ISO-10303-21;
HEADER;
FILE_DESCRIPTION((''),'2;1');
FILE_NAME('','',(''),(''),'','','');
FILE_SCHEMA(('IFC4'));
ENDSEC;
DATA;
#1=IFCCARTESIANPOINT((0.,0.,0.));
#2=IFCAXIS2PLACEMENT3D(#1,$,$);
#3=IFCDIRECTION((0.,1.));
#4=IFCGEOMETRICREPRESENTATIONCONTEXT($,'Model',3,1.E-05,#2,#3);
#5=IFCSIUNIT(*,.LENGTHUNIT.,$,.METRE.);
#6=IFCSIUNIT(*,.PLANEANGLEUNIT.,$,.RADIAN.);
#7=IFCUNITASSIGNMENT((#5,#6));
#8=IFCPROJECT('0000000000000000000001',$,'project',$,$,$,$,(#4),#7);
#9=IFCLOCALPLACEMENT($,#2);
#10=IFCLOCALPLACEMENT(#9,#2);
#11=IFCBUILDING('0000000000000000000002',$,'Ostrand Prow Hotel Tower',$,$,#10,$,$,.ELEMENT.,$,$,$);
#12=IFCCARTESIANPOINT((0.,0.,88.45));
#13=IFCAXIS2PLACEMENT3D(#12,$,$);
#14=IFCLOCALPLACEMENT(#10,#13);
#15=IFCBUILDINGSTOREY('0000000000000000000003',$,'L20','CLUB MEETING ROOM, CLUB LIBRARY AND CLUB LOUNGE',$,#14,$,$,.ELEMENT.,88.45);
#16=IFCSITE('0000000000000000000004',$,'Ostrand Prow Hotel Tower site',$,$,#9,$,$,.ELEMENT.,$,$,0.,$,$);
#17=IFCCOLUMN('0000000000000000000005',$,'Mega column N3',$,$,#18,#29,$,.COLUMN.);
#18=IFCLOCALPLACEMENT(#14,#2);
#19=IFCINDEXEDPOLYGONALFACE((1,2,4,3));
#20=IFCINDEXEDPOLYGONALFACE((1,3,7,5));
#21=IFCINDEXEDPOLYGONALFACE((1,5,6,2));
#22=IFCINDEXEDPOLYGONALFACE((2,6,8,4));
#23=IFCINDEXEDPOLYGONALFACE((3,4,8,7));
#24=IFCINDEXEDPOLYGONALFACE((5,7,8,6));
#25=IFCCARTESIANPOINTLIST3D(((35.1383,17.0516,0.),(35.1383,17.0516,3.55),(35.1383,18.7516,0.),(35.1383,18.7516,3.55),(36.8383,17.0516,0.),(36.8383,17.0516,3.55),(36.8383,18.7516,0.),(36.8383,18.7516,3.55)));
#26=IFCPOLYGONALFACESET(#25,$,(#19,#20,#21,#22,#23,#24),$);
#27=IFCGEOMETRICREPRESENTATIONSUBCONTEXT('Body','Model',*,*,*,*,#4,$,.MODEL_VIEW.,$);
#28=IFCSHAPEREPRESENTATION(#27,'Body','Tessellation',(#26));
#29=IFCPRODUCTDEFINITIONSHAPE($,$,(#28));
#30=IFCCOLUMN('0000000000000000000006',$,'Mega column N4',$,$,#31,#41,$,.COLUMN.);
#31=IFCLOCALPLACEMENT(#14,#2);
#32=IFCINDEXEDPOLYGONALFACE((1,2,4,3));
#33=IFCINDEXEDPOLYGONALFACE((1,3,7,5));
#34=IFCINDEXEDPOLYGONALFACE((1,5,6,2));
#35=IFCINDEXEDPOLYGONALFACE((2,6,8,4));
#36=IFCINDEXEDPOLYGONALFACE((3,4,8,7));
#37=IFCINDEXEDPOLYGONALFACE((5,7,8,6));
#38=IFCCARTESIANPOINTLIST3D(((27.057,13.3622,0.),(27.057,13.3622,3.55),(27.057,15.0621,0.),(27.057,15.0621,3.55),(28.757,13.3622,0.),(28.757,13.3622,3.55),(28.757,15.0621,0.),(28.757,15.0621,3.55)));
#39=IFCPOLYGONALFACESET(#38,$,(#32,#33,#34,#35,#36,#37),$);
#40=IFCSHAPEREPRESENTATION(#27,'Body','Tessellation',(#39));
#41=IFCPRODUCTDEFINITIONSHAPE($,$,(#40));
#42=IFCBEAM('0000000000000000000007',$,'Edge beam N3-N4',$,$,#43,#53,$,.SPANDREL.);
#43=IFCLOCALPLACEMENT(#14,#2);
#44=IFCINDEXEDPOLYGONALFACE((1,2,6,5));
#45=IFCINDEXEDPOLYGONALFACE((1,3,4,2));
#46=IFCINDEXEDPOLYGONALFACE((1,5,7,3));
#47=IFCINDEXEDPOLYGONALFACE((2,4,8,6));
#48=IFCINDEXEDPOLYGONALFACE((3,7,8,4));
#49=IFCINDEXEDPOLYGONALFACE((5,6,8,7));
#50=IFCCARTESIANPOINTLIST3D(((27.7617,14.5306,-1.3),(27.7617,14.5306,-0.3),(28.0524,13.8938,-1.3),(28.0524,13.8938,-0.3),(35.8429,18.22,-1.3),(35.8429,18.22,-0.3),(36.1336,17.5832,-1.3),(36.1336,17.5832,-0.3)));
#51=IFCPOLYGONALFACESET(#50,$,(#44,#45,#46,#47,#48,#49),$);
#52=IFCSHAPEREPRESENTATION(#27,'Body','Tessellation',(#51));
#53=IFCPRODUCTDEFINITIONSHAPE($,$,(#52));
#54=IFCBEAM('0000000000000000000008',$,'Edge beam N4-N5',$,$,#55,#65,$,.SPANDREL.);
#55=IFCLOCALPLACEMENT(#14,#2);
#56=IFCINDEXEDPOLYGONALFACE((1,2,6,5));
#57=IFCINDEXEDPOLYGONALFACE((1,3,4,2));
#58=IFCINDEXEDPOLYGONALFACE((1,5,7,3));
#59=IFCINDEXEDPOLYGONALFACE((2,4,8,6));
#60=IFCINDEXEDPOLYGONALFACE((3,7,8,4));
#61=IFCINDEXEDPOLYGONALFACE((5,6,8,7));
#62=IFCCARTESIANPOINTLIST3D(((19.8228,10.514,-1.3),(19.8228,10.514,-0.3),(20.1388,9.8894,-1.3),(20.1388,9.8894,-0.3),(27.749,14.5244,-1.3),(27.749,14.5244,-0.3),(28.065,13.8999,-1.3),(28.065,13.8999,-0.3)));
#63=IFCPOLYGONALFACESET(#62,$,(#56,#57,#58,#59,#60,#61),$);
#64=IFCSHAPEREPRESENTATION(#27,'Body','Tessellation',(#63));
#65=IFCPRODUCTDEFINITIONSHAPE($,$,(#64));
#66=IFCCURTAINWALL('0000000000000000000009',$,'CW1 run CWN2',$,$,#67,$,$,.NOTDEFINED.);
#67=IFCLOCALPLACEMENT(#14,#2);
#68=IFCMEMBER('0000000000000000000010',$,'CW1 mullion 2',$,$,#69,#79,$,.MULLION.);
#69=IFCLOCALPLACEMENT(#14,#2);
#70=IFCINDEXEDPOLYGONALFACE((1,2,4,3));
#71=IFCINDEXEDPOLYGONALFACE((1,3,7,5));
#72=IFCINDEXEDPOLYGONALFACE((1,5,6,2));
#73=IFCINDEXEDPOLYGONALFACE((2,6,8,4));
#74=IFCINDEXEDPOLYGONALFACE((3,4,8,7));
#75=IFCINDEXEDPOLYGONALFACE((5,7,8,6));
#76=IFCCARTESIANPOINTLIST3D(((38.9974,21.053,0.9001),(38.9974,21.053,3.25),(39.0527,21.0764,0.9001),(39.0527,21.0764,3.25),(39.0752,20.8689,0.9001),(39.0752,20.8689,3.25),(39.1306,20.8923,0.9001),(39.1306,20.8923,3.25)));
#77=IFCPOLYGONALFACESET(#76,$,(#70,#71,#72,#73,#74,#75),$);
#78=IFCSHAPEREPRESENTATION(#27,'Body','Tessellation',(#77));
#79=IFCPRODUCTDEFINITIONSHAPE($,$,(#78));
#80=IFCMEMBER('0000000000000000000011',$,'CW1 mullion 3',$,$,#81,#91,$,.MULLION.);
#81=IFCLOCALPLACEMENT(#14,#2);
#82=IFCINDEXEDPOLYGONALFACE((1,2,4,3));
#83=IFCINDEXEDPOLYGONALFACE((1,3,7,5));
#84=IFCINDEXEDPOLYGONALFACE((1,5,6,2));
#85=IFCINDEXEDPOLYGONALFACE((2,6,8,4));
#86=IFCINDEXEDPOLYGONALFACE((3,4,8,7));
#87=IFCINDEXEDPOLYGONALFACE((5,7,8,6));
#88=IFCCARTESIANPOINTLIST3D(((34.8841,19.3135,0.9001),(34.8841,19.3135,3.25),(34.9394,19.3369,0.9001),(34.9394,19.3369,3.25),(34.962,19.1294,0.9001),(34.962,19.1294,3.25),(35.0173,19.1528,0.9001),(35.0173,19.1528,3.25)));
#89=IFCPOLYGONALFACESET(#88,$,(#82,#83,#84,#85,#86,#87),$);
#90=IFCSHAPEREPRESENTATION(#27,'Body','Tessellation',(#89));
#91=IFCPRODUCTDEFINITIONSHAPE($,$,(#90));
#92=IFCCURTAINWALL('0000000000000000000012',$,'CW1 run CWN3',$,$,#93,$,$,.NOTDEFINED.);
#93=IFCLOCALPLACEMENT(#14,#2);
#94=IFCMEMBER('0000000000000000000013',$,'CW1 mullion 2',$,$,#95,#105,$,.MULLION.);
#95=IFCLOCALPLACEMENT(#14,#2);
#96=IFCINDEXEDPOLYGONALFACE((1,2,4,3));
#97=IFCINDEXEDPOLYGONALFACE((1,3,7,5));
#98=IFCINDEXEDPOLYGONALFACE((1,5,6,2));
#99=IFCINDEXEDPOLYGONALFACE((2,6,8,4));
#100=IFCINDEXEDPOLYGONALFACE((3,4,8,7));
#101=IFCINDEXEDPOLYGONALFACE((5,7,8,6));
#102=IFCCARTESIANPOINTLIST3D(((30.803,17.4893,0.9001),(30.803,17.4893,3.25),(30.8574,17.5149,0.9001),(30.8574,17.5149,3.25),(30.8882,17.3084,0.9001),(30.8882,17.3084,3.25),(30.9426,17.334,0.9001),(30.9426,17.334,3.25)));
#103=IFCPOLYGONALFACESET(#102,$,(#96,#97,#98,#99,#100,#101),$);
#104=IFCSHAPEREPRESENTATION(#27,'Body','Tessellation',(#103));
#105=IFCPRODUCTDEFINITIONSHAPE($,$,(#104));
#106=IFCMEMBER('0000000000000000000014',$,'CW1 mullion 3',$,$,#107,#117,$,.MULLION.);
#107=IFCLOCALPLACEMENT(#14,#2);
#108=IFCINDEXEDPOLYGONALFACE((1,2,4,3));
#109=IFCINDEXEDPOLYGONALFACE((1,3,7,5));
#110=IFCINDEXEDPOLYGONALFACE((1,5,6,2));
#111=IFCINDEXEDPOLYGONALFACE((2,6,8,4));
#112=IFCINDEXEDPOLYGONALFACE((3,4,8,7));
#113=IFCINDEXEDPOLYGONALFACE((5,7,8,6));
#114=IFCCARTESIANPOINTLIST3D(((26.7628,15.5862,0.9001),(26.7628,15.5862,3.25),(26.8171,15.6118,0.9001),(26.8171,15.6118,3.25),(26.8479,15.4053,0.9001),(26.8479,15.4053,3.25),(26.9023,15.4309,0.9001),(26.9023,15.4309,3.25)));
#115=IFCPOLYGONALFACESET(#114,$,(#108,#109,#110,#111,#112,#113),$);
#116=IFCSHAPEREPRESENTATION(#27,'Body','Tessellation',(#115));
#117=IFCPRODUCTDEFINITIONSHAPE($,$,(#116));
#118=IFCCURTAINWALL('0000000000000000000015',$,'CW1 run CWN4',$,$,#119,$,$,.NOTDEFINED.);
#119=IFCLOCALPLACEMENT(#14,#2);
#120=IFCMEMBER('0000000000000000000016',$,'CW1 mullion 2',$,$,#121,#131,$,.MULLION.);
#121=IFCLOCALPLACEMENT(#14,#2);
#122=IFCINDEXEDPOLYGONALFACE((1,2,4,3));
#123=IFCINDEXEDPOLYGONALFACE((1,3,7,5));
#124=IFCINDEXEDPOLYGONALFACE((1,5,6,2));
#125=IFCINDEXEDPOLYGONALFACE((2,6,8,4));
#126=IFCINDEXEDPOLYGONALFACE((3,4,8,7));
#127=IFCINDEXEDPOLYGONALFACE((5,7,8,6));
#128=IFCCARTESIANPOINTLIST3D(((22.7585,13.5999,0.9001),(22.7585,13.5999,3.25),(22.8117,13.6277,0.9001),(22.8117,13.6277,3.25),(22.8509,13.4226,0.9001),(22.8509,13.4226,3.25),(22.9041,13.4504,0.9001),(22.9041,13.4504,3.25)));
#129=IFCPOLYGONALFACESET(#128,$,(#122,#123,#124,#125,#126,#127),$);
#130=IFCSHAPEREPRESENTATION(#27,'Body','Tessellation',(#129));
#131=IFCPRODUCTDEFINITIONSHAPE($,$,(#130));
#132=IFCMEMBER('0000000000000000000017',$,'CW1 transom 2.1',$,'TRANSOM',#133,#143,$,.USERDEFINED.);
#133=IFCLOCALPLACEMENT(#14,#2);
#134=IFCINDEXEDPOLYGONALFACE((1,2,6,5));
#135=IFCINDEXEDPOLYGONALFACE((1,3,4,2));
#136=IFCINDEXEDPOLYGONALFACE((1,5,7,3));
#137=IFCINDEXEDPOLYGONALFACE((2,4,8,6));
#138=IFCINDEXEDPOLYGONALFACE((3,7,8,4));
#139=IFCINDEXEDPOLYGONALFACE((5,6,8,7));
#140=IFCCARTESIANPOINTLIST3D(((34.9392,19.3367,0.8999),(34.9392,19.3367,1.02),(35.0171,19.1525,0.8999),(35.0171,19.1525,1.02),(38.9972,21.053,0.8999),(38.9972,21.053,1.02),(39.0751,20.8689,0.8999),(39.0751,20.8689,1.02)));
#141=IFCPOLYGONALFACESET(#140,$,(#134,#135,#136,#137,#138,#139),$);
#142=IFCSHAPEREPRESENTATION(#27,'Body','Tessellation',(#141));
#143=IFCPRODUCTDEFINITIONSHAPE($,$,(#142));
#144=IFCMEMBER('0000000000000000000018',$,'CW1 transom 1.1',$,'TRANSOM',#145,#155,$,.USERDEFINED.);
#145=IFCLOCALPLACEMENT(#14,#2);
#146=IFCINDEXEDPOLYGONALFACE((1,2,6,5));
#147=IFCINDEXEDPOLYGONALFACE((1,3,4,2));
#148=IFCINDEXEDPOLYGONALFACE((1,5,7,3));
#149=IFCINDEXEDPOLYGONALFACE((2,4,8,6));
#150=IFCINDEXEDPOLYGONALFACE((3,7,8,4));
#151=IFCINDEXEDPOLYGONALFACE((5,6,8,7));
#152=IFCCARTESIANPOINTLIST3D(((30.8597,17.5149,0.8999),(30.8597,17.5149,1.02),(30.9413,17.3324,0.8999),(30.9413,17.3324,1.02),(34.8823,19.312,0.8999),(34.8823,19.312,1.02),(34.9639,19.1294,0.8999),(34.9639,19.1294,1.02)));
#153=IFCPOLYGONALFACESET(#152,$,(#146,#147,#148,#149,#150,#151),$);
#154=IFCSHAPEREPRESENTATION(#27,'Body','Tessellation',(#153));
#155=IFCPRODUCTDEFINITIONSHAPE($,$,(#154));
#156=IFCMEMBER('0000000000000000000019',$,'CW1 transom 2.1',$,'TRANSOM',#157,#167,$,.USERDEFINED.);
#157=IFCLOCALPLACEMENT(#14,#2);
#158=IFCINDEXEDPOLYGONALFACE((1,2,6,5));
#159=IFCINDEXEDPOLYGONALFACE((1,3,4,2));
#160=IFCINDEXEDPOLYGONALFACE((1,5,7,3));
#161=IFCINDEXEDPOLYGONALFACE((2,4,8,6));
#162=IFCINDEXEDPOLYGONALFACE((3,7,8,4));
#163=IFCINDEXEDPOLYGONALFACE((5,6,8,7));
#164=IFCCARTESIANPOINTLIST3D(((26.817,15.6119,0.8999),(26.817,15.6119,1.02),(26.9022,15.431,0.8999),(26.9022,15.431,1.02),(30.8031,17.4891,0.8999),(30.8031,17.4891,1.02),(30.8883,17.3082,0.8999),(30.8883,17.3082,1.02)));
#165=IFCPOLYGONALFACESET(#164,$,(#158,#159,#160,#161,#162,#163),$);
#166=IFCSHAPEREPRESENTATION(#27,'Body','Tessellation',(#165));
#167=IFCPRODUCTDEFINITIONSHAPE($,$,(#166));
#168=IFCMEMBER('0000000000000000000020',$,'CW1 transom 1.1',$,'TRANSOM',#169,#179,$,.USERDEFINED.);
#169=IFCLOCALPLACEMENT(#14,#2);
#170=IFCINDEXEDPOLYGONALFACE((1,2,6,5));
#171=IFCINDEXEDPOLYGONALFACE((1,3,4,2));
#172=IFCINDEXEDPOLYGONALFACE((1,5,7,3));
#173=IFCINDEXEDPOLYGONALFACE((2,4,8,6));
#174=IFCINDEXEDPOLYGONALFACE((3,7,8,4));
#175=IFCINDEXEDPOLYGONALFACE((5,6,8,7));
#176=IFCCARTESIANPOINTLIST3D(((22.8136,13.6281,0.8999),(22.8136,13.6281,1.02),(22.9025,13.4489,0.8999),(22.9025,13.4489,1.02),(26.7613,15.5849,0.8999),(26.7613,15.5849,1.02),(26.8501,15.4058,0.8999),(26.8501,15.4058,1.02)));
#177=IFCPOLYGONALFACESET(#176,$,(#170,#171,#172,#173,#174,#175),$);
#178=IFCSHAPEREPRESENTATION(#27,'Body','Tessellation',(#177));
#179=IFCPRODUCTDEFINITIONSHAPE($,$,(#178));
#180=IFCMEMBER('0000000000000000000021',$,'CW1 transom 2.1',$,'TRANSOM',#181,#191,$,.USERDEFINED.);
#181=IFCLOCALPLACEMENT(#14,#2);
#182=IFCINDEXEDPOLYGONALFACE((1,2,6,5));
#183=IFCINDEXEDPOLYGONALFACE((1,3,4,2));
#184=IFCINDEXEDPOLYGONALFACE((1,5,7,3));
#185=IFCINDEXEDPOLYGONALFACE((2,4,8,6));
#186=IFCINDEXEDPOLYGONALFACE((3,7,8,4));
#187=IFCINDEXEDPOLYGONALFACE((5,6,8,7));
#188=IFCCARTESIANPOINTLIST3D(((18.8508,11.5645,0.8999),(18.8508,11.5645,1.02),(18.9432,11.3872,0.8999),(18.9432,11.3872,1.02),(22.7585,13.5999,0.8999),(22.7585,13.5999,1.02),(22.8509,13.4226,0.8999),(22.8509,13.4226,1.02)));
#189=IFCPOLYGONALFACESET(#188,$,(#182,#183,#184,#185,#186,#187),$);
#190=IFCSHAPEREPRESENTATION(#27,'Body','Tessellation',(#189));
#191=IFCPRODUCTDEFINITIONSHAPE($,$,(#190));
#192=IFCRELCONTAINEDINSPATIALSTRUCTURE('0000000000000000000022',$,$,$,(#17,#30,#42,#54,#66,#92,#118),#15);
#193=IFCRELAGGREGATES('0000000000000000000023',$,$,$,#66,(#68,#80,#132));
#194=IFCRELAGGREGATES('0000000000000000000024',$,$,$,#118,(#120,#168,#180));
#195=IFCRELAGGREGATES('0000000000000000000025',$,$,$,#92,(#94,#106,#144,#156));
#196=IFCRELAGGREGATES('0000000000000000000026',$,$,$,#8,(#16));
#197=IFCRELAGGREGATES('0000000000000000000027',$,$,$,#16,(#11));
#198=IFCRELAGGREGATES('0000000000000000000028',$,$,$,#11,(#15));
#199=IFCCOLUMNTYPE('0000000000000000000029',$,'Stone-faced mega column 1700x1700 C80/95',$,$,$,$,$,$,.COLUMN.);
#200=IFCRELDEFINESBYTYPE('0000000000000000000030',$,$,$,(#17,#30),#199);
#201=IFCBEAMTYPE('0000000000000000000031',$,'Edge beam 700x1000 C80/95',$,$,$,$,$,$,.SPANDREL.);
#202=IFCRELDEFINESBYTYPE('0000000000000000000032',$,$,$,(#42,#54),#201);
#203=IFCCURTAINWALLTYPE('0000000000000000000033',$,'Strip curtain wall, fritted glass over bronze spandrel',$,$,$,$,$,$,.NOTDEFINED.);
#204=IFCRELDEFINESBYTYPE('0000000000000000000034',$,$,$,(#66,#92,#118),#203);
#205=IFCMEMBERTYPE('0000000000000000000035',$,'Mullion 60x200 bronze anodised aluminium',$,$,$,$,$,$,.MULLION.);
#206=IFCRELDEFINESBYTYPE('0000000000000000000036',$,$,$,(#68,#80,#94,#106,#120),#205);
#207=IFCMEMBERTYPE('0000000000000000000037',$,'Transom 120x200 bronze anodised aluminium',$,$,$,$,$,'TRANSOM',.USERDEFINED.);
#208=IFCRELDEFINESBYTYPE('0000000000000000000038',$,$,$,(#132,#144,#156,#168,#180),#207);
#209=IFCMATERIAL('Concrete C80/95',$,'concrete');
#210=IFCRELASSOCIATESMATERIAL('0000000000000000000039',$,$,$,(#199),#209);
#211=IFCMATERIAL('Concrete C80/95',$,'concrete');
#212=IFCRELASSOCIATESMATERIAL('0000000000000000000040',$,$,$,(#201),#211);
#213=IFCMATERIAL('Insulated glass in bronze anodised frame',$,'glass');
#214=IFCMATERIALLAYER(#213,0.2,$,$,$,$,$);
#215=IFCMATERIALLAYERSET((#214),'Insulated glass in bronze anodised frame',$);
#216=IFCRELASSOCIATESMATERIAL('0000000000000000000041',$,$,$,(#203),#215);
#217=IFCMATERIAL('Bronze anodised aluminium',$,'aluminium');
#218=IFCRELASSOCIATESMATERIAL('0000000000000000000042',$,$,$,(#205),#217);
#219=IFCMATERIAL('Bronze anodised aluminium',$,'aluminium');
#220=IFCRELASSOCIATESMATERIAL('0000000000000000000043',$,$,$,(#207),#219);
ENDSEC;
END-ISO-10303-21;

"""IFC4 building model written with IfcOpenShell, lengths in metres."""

from ifc_helpers import new_model, si_unit, direction, frame, origin, origin_2d, place, context, subcontext, project, spatial, rectangle, extrude, material, layer, layer_set, material_profile, profile_set, type_object, element, aggregate, save


model = new_model("IFC4")

# Units and contexts
model_context = context("Model", 3, precision=1e-05, world=origin(), true_north=direction((0.0, 1.0)))
body_context = subcontext(model_context, "Body", "Model", "MODEL_VIEW")
ifc_project = project(units=[si_unit("LENGTHUNIT", "METRE"), si_unit("PLANEANGLEUNIT", "RADIAN")], contexts=[model_context])

# Site, building, storey
site_placement = place(None, origin())
site = spatial("IfcSite", under=ifc_project, at=site_placement, Name="Ostrand Prow Hotel Tower site", CompositionType="ELEMENT", RefElevation=0.0)
building_placement = place(site_placement, origin())
building = spatial("IfcBuilding", under=site, at=building_placement, Name="Ostrand Prow Hotel Tower", CompositionType="ELEMENT")
storey_placement = place(building_placement, frame((0.0, 0.0, 88.45)))
storey = spatial("IfcBuildingStorey", under=building, at=storey_placement, Name="L20", Description="CLUB MEETING ROOM, CLUB LIBRARY AND CLUB LOUNGE", CompositionType="ELEMENT", Elevation=88.45)

# Columns
ifc_material_1 = material(Name="Concrete C80/95", Category="concrete")
ifc_material_profile_1 = material_profile(ifc_material_1, rectangle(XDim=1.7, YDim=1.7, at=origin_2d()), Name="RC 1700x1700")
ifc_profile_set_1 = profile_set([ifc_material_profile_1], Name="Concrete C80/95")
column_type = type_object("IfcColumnType", Name="Stone-faced mega column 1700x1700 C80/95", PredefinedType="COLUMN", material=ifc_profile_set_1)
for number, where, z_axis, x_axis, name in (
    (1, (35.9883, 17.9016, 0.0), (0.0, 0.0, 1.0), (1.0, 0.0, 0.0), "Mega column N3"),
    (2, (27.907, 14.2122, 0.0), (0.0, 0.0, 1.0), (1.0, 0.0, 0.0), "Mega column N4"),
):
    element("IfcColumn", number, at=place(storey_placement, frame(where, z_axis=z_axis, x_axis=x_axis)), inside=storey, type_object=column_type, Name=name, PredefinedType="COLUMN", context=body_context, shape_type="SweptSolid", body=[
        extrude(rectangle(XDim=1.7, YDim=1.7, at=origin_2d()), origin(), (0.0, 0.0, 1.0), 3.55),
    ])

# Beams
ifc_material_2 = material(Name="Concrete C80/95", Category="concrete")
ifc_material_profile_2 = material_profile(ifc_material_2, rectangle(XDim=0.7, YDim=1.0, at=origin_2d()), Name="RC 700x1000")
ifc_profile_set_2 = profile_set([ifc_material_profile_2], Name="Concrete C80/95")
beam_type = type_object("IfcBeamType", Name="Edge beam 700x1000 C80/95", PredefinedType="SPANDREL", material=ifc_profile_set_2)
beam_1_placement = place(storey_placement, frame((35.9883, 17.9016, -0.8), z_axis=(-0.909681, -0.415308, 0.0), x_axis=(0.415308, -0.909681, 0.0)))
element("IfcBeam", 3, at=beam_1_placement, inside=storey, type_object=beam_type, Name="Edge beam N3-N4", PredefinedType="SPANDREL", context=body_context, shape_type="SweptSolid", body=[
    extrude(rectangle(XDim=0.7, YDim=1.0, at=origin_2d()), origin(), (0.0, 0.0, 1.0), 8.8835),
])
beam_2_placement = place(storey_placement, frame((27.907, 14.2122, -0.8), z_axis=(-0.892284, -0.451474, 0.0), x_axis=(0.451474, -0.892284, 0.0)))
element("IfcBeam", 4, at=beam_2_placement, inside=storey, type_object=beam_type, Name="Edge beam N4-N5", PredefinedType="SPANDREL", context=body_context, shape_type="SweptSolid", body=[
    extrude(rectangle(XDim=0.7, YDim=1.0, at=origin_2d()), origin(), (0.0, 0.0, 1.0), 8.8831),
])

# Curtain walls, members
ifc_material_3 = material(Name="Insulated glass in bronze anodised frame", Category="glass")
ifc_layer_1 = layer(ifc_material_3, 0.2)
ifc_layer_set_1 = layer_set([ifc_layer_1], Name="Insulated glass in bronze anodised frame")
curtain_wall_type = type_object("IfcCurtainWallType", Name="Strip curtain wall, fritted glass over bronze spandrel", PredefinedType="NOTDEFINED", material=ifc_layer_set_1)
curtain_wall_1_placement = place(storey_placement, origin())
curtain_wall_1 = element("IfcCurtainWall", 5, at=curtain_wall_1_placement, inside=storey, type_object=curtain_wall_type, Name="CW1 run CWN2", PredefinedType="NOTDEFINED")
ifc_material_4 = material(Name="Bronze anodised aluminium", Category="aluminium")
ifc_material_profile_3 = material_profile(ifc_material_4, rectangle(XDim=0.2, YDim=0.0601, at=origin_2d()), Name="Mullion 60x200 bronze anodised aluminium")
ifc_profile_set_3 = profile_set([ifc_material_profile_3], Name="Bronze anodised aluminium")
member_type_1 = type_object("IfcMemberType", Name="Mullion 60x200 bronze anodised aluminium", PredefinedType="MULLION", material=ifc_profile_set_3)
member_1_placement = place(storey_placement, frame((39.064, 20.9727, 0.9001), z_axis=(0.0, 0.0, 1.0), x_axis=(0.389507, -0.921024, 0.0)))
member_1 = element("IfcMember", 6, at=member_1_placement, type_object=member_type_1, Name="CW1 mullion 2", PredefinedType="MULLION", context=body_context, shape_type="SweptSolid", body=[
    extrude(rectangle(XDim=0.2, YDim=0.0601, at=origin_2d()), origin(), (0.0, 0.0, 1.0), 2.3499),
])
member_2_placement = place(storey_placement, frame((34.9507, 19.2332, 0.9001), z_axis=(0.0, 0.0, 1.0), x_axis=(0.389507, -0.921024, 0.0)))
member_2 = element("IfcMember", 7, at=member_2_placement, type_object=member_type_1, Name="CW1 mullion 3", PredefinedType="MULLION", context=body_context, shape_type="SweptSolid", body=[
    extrude(rectangle(XDim=0.2, YDim=0.0601, at=origin_2d()), origin(), (0.0, 0.0, 1.0), 2.3499),
])
curtain_wall_2_placement = place(storey_placement, origin())
curtain_wall_2 = element("IfcCurtainWall", 8, at=curtain_wall_2_placement, inside=storey, type_object=curtain_wall_type, Name="CW1 run CWN3", PredefinedType="NOTDEFINED")
member_3_placement = place(storey_placement, frame((30.8728, 17.4116, 0.9001), z_axis=(0.0, 0.0, 1.0), x_axis=(0.426079, -0.904686, 0.0)))
member_3 = element("IfcMember", 9, at=member_3_placement, type_object=member_type_1, Name="CW1 mullion 2", PredefinedType="MULLION", context=body_context, shape_type="SweptSolid", body=[
    extrude(rectangle(XDim=0.2, YDim=0.0601, at=origin_2d()), origin(), (0.0, 0.0, 1.0), 2.3499),
])
member_4_placement = place(storey_placement, frame((26.8325, 15.5085, 0.9001), z_axis=(0.0, 0.0, 1.0), x_axis=(0.426079, -0.904686, 0.0)))
member_4 = element("IfcMember", 10, at=member_4_placement, type_object=member_type_1, Name="CW1 mullion 3", PredefinedType="MULLION", context=body_context, shape_type="SweptSolid", body=[
    extrude(rectangle(XDim=0.2, YDim=0.0601, at=origin_2d()), origin(), (0.0, 0.0, 1.0), 2.3499),
])

# Curtain wall, member
curtain_wall_3_placement = place(storey_placement, origin())
curtain_wall_3 = element("IfcCurtainWall", 11, at=curtain_wall_3_placement, inside=storey, type_object=curtain_wall_type, Name="CW1 run CWN4", PredefinedType="NOTDEFINED")
member_5_placement = place(storey_placement, frame((22.8313, 13.5251, 0.9001), z_axis=(0.0, 0.0, 1.0), x_axis=(0.461968, -0.886896, 0.0)))
member_5 = element("IfcMember", 12, at=member_5_placement, type_object=member_type_1, Name="CW1 mullion 2", PredefinedType="MULLION", context=body_context, shape_type="SweptSolid", body=[
    extrude(rectangle(XDim=0.2, YDim=0.0601, at=origin_2d()), origin(), (0.0, 0.0, 1.0), 2.3499),
])

# Members
ifc_material_5 = material(Name="Bronze anodised aluminium", Category="aluminium")
ifc_material_profile_4 = material_profile(ifc_material_5, rectangle(XDim=0.2, YDim=0.1201, at=origin_2d()), Name="Transom 120x200 bronze anodised aluminium")
ifc_profile_set_4 = profile_set([ifc_material_profile_4], Name="Bronze anodised aluminium")
member_type_2 = type_object("IfcMemberType", Name="Transom 120x200 bronze anodised aluminium", ElementType="TRANSOM", PredefinedType="USERDEFINED", material=ifc_profile_set_4)
member_6_placement = place(storey_placement, frame((39.0361, 20.9609, 0.96), z_axis=(-0.921006, -0.389548, 0.0), x_axis=(0.389548, -0.921006, 0.0)))
member_6 = element("IfcMember", 13, at=member_6_placement, type_object=member_type_2, Name="CW1 transom 2.1", ObjectType="TRANSOM", PredefinedType="USERDEFINED", context=body_context, shape_type="SweptSolid", body=[
    extrude(rectangle(XDim=0.2, YDim=0.1201, at=origin_2d()), origin(), (0.0, 0.0, 1.0), 4.406),
])
member_7_placement = place(storey_placement, frame((34.9231, 19.2207, 0.96), z_axis=(-0.913031, -0.407891, 0.0), x_axis=(0.407891, -0.913031, 0.0)))
member_7 = element("IfcMember", 14, at=member_7_placement, type_object=member_type_2, Name="CW1 transom 1.1", ObjectType="TRANSOM", PredefinedType="USERDEFINED", context=body_context, shape_type="SweptSolid", body=[
    extrude(rectangle(XDim=0.2, YDim=0.1201, at=origin_2d()), origin(), (0.0, 0.0, 1.0), 4.4058),
])
member_8_placement = place(storey_placement, frame((30.8457, 17.3987, 0.96), z_axis=(-0.904697, -0.426056, 0.0), x_axis=(0.426056, -0.904697, 0.0)))
member_8 = element("IfcMember", 15, at=member_8_placement, type_object=member_type_2, Name="CW1 transom 2.1", ObjectType="TRANSOM", PredefinedType="USERDEFINED", context=body_context, shape_type="SweptSolid", body=[
    extrude(rectangle(XDim=0.2, YDim=0.1201, at=origin_2d()), origin(), (0.0, 0.0, 1.0), 4.406),
])
member_9_placement = place(storey_placement, frame((26.8057, 15.4954, 0.96), z_axis=(-0.895962, -0.44413, 0.0), x_axis=(0.44413, -0.895962, 0.0)))
member_9 = element("IfcMember", 16, at=member_9_placement, type_object=member_type_2, Name="CW1 transom 1.1", ObjectType="TRANSOM", PredefinedType="USERDEFINED", context=body_context, shape_type="SweptSolid", body=[
    extrude(rectangle(XDim=0.2, YDim=0.1201, at=origin_2d()), origin(), (0.0, 0.0, 1.0), 4.406),
])
member_10_placement = place(storey_placement, frame((22.8047, 13.5112, 0.96), z_axis=(-0.886902, -0.461958, 0.0), x_axis=(0.461958, -0.886902, 0.0)))
member_10 = element("IfcMember", 17, at=member_10_placement, type_object=member_type_2, Name="CW1 transom 2.1", ObjectType="TRANSOM", PredefinedType="USERDEFINED", context=body_context, shape_type="SweptSolid", body=[
    extrude(rectangle(XDim=0.2, YDim=0.1201, at=origin_2d()), origin(), (0.0, 0.0, 1.0), 4.406),
])

aggregate(curtain_wall_1, [member_1, member_2, member_6])
aggregate(curtain_wall_3, [member_5, member_9, member_10])
aggregate(curtain_wall_2, [member_3, member_4, member_7, member_8])

save(model, "model.ifc")
